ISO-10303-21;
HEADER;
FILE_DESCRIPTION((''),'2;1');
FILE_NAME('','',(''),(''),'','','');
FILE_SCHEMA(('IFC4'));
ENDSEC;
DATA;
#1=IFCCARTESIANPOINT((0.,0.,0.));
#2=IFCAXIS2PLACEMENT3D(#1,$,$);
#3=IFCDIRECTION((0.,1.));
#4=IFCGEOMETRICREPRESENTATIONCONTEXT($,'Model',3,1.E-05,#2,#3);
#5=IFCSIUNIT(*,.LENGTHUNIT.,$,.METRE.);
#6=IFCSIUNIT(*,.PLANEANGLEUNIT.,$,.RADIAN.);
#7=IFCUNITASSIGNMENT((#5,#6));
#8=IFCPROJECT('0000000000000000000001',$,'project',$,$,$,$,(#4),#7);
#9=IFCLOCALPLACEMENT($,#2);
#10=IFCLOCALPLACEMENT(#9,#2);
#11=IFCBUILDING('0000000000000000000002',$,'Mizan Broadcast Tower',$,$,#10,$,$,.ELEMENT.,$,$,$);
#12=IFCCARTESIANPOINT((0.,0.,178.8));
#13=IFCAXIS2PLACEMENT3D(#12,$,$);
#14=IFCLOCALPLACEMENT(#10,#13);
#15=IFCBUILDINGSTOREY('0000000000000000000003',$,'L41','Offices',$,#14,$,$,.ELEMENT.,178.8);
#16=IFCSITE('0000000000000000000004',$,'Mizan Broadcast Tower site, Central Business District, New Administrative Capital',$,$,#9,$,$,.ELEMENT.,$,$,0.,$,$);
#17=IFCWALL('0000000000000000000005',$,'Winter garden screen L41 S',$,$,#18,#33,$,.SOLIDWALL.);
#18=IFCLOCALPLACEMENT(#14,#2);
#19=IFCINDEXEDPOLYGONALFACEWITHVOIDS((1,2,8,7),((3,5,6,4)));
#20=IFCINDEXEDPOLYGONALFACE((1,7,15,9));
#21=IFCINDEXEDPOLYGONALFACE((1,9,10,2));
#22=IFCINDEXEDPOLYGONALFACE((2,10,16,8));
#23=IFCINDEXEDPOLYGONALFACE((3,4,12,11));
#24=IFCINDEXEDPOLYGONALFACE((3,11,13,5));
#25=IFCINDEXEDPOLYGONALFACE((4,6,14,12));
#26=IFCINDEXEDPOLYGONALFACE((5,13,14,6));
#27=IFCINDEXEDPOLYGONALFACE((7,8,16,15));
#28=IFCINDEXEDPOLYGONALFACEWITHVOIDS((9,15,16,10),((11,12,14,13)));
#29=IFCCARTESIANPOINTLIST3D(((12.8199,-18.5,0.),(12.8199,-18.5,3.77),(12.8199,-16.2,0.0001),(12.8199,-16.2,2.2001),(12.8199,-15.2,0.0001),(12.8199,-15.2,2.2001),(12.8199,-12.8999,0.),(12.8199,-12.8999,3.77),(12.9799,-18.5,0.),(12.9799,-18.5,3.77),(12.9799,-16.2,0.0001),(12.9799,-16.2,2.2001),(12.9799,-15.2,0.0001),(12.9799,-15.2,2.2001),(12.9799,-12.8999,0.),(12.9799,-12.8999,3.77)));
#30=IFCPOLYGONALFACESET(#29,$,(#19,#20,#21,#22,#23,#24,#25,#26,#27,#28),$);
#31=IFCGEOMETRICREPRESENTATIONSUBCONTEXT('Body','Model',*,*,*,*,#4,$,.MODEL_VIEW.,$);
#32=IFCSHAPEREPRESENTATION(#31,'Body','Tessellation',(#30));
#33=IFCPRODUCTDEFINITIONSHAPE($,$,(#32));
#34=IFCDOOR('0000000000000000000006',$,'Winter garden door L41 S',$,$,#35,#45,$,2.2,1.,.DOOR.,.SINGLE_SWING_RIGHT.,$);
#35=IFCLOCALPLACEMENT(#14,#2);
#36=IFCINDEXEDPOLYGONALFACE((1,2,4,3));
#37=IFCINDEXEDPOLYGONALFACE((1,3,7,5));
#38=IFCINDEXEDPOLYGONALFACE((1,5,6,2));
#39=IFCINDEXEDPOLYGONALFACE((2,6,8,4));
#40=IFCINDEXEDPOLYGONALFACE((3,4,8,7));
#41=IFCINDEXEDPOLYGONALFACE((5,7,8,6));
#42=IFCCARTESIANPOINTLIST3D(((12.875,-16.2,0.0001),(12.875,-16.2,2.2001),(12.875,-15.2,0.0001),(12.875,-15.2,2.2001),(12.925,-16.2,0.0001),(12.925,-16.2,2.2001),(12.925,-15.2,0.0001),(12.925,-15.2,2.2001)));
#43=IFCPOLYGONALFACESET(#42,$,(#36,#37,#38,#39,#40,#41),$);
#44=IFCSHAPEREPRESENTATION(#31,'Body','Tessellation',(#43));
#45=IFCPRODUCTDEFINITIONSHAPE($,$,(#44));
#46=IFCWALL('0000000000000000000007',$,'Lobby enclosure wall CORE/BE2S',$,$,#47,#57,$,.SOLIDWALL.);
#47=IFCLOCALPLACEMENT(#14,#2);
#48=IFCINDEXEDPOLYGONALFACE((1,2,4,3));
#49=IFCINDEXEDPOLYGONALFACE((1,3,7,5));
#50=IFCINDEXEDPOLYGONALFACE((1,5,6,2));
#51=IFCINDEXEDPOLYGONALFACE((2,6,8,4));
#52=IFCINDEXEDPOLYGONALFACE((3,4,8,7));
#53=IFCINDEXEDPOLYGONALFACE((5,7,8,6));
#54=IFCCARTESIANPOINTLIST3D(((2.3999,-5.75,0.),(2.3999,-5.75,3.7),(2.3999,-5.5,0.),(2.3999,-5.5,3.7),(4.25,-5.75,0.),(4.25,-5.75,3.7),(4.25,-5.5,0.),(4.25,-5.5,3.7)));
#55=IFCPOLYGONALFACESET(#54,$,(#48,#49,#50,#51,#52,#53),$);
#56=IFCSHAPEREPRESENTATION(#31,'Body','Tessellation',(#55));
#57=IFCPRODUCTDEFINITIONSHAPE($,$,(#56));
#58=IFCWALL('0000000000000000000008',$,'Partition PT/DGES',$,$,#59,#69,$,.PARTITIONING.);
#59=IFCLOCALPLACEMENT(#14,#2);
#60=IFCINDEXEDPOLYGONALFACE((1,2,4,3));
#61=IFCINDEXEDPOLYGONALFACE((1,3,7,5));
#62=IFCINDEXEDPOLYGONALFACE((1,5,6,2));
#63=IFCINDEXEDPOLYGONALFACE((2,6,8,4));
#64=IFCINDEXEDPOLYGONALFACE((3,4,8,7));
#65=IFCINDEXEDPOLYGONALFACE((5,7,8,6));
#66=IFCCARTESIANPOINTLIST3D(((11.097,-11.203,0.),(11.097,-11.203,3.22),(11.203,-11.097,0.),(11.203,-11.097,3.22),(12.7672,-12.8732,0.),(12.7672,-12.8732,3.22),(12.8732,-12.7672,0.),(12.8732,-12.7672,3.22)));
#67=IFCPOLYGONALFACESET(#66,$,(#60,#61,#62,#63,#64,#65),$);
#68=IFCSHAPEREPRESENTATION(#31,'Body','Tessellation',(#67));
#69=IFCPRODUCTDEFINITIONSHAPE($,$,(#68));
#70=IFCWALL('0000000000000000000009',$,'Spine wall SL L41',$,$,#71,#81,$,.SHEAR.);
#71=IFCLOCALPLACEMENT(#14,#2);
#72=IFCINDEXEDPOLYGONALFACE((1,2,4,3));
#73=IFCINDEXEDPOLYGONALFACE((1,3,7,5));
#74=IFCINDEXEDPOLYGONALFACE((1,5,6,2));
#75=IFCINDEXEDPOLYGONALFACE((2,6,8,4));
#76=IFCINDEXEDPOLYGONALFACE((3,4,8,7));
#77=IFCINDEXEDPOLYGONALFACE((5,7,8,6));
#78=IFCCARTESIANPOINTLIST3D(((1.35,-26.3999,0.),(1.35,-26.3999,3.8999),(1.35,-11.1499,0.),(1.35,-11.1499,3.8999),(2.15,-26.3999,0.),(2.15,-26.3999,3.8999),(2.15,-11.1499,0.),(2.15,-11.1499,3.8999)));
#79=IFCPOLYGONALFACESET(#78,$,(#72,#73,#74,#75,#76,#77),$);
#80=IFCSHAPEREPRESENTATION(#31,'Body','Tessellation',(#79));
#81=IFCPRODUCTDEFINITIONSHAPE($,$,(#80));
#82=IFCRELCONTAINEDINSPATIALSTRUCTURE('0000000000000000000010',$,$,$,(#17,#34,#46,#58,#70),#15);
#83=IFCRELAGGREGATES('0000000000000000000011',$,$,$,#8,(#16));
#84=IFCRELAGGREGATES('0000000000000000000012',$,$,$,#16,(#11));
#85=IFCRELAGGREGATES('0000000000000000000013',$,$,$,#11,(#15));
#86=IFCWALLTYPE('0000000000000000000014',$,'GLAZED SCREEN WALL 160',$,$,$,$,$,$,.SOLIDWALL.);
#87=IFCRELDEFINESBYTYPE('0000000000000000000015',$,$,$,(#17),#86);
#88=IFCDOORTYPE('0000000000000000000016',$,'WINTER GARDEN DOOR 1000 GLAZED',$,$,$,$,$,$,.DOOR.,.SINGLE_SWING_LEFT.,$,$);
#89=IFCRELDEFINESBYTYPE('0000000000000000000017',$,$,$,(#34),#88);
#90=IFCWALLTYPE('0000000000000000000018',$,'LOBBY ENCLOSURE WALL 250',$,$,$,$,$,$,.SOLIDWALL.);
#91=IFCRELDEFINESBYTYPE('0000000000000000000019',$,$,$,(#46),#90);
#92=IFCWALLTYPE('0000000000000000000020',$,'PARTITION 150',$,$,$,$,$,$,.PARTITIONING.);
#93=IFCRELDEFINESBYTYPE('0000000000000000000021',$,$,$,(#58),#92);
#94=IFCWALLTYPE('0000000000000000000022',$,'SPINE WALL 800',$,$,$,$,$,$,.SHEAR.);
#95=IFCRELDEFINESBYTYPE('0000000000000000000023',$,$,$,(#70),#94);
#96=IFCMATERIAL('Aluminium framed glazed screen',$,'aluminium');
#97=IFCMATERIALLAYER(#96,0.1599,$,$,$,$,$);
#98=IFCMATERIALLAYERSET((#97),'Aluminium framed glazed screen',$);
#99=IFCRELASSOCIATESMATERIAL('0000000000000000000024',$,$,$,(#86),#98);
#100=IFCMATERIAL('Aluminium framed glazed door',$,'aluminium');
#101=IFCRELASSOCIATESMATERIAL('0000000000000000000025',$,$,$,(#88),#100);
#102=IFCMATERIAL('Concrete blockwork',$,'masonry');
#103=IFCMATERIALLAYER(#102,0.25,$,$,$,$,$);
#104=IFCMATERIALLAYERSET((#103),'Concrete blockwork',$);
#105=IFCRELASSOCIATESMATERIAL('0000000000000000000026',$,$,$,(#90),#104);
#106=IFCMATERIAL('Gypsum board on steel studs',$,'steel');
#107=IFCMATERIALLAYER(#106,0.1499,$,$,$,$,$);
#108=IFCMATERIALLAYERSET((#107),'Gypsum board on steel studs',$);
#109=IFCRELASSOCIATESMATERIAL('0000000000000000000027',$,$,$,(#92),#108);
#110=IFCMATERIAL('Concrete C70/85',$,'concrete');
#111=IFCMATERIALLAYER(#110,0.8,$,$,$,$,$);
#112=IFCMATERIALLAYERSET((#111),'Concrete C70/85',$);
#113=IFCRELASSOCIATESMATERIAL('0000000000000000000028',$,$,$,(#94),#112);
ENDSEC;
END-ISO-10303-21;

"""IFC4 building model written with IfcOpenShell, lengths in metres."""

from ifc_helpers import new_model, si_unit, direction, frame, frame_2d, origin, place, context, subcontext, project, spatial, rectangle, extrude, material, layer, layer_set, type_object, element, fill, save


model = new_model("IFC4")

# Units and contexts
model_context = context("Model", 3, precision=1e-05, world=origin(), true_north=direction((0.0, 1.0)))
body_context = subcontext(model_context, "Body", "Model", "MODEL_VIEW")
ifc_project = project(units=[si_unit("LENGTHUNIT", "METRE"), si_unit("PLANEANGLEUNIT", "RADIAN")], contexts=[model_context])

# Site, building, storey
site_placement = place(None, origin())
site = spatial("IfcSite", under=ifc_project, at=site_placement, Name="Mizan Broadcast Tower site, Central Business District, New Administrative Capital", CompositionType="ELEMENT", RefElevation=0.0)
building_placement = place(site_placement, origin())
building = spatial("IfcBuilding", under=site, at=building_placement, Name="Mizan Broadcast Tower", CompositionType="ELEMENT")
storey_placement = place(building_placement, frame((0.0, 0.0, 178.8)))
storey = spatial("IfcBuildingStorey", under=building, at=storey_placement, Name="L41", Description="Offices", CompositionType="ELEMENT", Elevation=178.8)

# Wall, opening, door
ifc_material_1 = material(Name="Aluminium framed glazed screen", Category="aluminium")
ifc_layer_1 = layer(ifc_material_1, 0.1599)
ifc_layer_set_1 = layer_set([ifc_layer_1], Name="Aluminium framed glazed screen")
wall_type_1 = type_object("IfcWallType", Name="GLAZED SCREEN WALL 160", PredefinedType="SOLIDWALL", material=ifc_layer_set_1)
wall_1_placement = place(storey_placement, frame((12.8999, -18.5, 0.0), z_axis=(0.0, 0.0, 1.0), x_axis=(0.0, 1.0, 0.0)))
wall_1 = element("IfcWall", 1, at=wall_1_placement, inside=storey, type_object=wall_type_1, Name="Winter garden screen L41 S", PredefinedType="SOLIDWALL", context=body_context, shape_type="SweptSolid", body=[
    extrude(rectangle(XDim=5.6001, YDim=0.1599, at=frame_2d((2.8, 0.0))), origin(), (0.0, 0.0, 1.0), 3.77),
])
opening_1_placement = place(wall_1_placement, frame((2.3, 0.0, 0.0)))
opening_1 = element("IfcOpeningElement", 2, at=opening_1_placement, cuts=wall_1, PredefinedType="OPENING", context=body_context, shape_type="SweptSolid", body=[
    extrude(rectangle(XDim=1.0, YDim=2.2, at=frame_2d((0.5, 1.1001))), frame((0.0, 0.0898, 0.0), z_axis=(0.0, -1.0, 0.0), x_axis=(1.0, 0.0, 0.0)), (0.0, 0.0, 1.0), 0.1799),
])
ifc_material_2 = material(Name="Aluminium framed glazed door", Category="aluminium")
door_type_1 = type_object("IfcDoorType", Name="WINTER GARDEN DOOR 1000 GLAZED", OperationType="SINGLE_SWING_LEFT", PredefinedType="DOOR", material=ifc_material_2)
door_1_placement = place(opening_1_placement, origin())
door_1 = element("IfcDoor", 3, at=door_1_placement, inside=storey, type_object=door_type_1, Name="Winter garden door L41 S", OperationType="SINGLE_SWING_RIGHT", OverallHeight=2.2, OverallWidth=1.0, PredefinedType="DOOR", context=body_context, shape_type="SweptSolid", body=[
    extrude(rectangle(XDim=1.0, YDim=2.2, at=frame_2d((0.5, 1.1001))), frame((0.0, 0.0249, 0.0), z_axis=(0.0, -1.0, 0.0), x_axis=(1.0, 0.0, 0.0)), (0.0, 0.0, 1.0), 0.05),
])
fill(opening_1, door_1)

# Walls
ifc_material_3 = material(Name="Concrete blockwork", Category="masonry")
ifc_layer_2 = layer(ifc_material_3, 0.25)
ifc_layer_set_2 = layer_set([ifc_layer_2], Name="Concrete blockwork")
wall_type_2 = type_object("IfcWallType", Name="LOBBY ENCLOSURE WALL 250", PredefinedType="SOLIDWALL", material=ifc_layer_set_2)
wall_2_placement = place(storey_placement, frame((2.3999, -5.625, 0.0), z_axis=(0.0, 0.0, 1.0), x_axis=(1.0, 0.0, 0.0)))
element("IfcWall", 4, at=wall_2_placement, inside=storey, type_object=wall_type_2, Name="Lobby enclosure wall CORE/BE2S", PredefinedType="SOLIDWALL", context=body_context, shape_type="SweptSolid", body=[
    extrude(rectangle(XDim=1.8501, YDim=0.25, at=frame_2d((0.925, 0.0))), origin(), (0.0, 0.0, 1.0), 3.7),
])
ifc_material_4 = material(Name="Gypsum board on steel studs", Category="steel")
ifc_layer_3 = layer(ifc_material_4, 0.1499)
ifc_layer_set_3 = layer_set([ifc_layer_3], Name="Gypsum board on steel studs")
wall_type_3 = type_object("IfcWallType", Name="PARTITION 150", PredefinedType="PARTITIONING", material=ifc_layer_set_3)
wall_3_placement = place(storey_placement, frame((11.1499, -11.1499, 0.0), z_axis=(0.0, 0.0, 1.0), x_axis=(0.707107, -0.707107, 0.0)))
element("IfcWall", 5, at=wall_3_placement, inside=storey, type_object=wall_type_3, Name="Partition PT/DGES", PredefinedType="PARTITIONING", context=body_context, shape_type="SweptSolid", body=[
    extrude(rectangle(XDim=2.3621, YDim=0.1499, at=frame_2d((1.1812, 0.0))), origin(), (0.0, 0.0, 1.0), 3.22),
])
ifc_material_5 = material(Name="Concrete C70/85", Category="concrete")
ifc_layer_4 = layer(ifc_material_5, 0.8)
ifc_layer_set_4 = layer_set([ifc_layer_4], Name="Concrete C70/85")
wall_type_4 = type_object("IfcWallType", Name="SPINE WALL 800", PredefinedType="SHEAR", material=ifc_layer_set_4)
wall_4_placement = place(storey_placement, frame((1.75, -11.1499, 0.0), z_axis=(0.0, 0.0, 1.0), x_axis=(0.0, -1.0, 0.0)))
element("IfcWall", 6, at=wall_4_placement, inside=storey, type_object=wall_type_4, Name="Spine wall SL L41", PredefinedType="SHEAR", context=body_context, shape_type="SweptSolid", body=[
    extrude(rectangle(XDim=15.25, YDim=0.8, at=frame_2d((7.625, 0.0))), origin(), (0.0, 0.0, 1.0), 3.8999),
])

save(model, "model.ifc")
